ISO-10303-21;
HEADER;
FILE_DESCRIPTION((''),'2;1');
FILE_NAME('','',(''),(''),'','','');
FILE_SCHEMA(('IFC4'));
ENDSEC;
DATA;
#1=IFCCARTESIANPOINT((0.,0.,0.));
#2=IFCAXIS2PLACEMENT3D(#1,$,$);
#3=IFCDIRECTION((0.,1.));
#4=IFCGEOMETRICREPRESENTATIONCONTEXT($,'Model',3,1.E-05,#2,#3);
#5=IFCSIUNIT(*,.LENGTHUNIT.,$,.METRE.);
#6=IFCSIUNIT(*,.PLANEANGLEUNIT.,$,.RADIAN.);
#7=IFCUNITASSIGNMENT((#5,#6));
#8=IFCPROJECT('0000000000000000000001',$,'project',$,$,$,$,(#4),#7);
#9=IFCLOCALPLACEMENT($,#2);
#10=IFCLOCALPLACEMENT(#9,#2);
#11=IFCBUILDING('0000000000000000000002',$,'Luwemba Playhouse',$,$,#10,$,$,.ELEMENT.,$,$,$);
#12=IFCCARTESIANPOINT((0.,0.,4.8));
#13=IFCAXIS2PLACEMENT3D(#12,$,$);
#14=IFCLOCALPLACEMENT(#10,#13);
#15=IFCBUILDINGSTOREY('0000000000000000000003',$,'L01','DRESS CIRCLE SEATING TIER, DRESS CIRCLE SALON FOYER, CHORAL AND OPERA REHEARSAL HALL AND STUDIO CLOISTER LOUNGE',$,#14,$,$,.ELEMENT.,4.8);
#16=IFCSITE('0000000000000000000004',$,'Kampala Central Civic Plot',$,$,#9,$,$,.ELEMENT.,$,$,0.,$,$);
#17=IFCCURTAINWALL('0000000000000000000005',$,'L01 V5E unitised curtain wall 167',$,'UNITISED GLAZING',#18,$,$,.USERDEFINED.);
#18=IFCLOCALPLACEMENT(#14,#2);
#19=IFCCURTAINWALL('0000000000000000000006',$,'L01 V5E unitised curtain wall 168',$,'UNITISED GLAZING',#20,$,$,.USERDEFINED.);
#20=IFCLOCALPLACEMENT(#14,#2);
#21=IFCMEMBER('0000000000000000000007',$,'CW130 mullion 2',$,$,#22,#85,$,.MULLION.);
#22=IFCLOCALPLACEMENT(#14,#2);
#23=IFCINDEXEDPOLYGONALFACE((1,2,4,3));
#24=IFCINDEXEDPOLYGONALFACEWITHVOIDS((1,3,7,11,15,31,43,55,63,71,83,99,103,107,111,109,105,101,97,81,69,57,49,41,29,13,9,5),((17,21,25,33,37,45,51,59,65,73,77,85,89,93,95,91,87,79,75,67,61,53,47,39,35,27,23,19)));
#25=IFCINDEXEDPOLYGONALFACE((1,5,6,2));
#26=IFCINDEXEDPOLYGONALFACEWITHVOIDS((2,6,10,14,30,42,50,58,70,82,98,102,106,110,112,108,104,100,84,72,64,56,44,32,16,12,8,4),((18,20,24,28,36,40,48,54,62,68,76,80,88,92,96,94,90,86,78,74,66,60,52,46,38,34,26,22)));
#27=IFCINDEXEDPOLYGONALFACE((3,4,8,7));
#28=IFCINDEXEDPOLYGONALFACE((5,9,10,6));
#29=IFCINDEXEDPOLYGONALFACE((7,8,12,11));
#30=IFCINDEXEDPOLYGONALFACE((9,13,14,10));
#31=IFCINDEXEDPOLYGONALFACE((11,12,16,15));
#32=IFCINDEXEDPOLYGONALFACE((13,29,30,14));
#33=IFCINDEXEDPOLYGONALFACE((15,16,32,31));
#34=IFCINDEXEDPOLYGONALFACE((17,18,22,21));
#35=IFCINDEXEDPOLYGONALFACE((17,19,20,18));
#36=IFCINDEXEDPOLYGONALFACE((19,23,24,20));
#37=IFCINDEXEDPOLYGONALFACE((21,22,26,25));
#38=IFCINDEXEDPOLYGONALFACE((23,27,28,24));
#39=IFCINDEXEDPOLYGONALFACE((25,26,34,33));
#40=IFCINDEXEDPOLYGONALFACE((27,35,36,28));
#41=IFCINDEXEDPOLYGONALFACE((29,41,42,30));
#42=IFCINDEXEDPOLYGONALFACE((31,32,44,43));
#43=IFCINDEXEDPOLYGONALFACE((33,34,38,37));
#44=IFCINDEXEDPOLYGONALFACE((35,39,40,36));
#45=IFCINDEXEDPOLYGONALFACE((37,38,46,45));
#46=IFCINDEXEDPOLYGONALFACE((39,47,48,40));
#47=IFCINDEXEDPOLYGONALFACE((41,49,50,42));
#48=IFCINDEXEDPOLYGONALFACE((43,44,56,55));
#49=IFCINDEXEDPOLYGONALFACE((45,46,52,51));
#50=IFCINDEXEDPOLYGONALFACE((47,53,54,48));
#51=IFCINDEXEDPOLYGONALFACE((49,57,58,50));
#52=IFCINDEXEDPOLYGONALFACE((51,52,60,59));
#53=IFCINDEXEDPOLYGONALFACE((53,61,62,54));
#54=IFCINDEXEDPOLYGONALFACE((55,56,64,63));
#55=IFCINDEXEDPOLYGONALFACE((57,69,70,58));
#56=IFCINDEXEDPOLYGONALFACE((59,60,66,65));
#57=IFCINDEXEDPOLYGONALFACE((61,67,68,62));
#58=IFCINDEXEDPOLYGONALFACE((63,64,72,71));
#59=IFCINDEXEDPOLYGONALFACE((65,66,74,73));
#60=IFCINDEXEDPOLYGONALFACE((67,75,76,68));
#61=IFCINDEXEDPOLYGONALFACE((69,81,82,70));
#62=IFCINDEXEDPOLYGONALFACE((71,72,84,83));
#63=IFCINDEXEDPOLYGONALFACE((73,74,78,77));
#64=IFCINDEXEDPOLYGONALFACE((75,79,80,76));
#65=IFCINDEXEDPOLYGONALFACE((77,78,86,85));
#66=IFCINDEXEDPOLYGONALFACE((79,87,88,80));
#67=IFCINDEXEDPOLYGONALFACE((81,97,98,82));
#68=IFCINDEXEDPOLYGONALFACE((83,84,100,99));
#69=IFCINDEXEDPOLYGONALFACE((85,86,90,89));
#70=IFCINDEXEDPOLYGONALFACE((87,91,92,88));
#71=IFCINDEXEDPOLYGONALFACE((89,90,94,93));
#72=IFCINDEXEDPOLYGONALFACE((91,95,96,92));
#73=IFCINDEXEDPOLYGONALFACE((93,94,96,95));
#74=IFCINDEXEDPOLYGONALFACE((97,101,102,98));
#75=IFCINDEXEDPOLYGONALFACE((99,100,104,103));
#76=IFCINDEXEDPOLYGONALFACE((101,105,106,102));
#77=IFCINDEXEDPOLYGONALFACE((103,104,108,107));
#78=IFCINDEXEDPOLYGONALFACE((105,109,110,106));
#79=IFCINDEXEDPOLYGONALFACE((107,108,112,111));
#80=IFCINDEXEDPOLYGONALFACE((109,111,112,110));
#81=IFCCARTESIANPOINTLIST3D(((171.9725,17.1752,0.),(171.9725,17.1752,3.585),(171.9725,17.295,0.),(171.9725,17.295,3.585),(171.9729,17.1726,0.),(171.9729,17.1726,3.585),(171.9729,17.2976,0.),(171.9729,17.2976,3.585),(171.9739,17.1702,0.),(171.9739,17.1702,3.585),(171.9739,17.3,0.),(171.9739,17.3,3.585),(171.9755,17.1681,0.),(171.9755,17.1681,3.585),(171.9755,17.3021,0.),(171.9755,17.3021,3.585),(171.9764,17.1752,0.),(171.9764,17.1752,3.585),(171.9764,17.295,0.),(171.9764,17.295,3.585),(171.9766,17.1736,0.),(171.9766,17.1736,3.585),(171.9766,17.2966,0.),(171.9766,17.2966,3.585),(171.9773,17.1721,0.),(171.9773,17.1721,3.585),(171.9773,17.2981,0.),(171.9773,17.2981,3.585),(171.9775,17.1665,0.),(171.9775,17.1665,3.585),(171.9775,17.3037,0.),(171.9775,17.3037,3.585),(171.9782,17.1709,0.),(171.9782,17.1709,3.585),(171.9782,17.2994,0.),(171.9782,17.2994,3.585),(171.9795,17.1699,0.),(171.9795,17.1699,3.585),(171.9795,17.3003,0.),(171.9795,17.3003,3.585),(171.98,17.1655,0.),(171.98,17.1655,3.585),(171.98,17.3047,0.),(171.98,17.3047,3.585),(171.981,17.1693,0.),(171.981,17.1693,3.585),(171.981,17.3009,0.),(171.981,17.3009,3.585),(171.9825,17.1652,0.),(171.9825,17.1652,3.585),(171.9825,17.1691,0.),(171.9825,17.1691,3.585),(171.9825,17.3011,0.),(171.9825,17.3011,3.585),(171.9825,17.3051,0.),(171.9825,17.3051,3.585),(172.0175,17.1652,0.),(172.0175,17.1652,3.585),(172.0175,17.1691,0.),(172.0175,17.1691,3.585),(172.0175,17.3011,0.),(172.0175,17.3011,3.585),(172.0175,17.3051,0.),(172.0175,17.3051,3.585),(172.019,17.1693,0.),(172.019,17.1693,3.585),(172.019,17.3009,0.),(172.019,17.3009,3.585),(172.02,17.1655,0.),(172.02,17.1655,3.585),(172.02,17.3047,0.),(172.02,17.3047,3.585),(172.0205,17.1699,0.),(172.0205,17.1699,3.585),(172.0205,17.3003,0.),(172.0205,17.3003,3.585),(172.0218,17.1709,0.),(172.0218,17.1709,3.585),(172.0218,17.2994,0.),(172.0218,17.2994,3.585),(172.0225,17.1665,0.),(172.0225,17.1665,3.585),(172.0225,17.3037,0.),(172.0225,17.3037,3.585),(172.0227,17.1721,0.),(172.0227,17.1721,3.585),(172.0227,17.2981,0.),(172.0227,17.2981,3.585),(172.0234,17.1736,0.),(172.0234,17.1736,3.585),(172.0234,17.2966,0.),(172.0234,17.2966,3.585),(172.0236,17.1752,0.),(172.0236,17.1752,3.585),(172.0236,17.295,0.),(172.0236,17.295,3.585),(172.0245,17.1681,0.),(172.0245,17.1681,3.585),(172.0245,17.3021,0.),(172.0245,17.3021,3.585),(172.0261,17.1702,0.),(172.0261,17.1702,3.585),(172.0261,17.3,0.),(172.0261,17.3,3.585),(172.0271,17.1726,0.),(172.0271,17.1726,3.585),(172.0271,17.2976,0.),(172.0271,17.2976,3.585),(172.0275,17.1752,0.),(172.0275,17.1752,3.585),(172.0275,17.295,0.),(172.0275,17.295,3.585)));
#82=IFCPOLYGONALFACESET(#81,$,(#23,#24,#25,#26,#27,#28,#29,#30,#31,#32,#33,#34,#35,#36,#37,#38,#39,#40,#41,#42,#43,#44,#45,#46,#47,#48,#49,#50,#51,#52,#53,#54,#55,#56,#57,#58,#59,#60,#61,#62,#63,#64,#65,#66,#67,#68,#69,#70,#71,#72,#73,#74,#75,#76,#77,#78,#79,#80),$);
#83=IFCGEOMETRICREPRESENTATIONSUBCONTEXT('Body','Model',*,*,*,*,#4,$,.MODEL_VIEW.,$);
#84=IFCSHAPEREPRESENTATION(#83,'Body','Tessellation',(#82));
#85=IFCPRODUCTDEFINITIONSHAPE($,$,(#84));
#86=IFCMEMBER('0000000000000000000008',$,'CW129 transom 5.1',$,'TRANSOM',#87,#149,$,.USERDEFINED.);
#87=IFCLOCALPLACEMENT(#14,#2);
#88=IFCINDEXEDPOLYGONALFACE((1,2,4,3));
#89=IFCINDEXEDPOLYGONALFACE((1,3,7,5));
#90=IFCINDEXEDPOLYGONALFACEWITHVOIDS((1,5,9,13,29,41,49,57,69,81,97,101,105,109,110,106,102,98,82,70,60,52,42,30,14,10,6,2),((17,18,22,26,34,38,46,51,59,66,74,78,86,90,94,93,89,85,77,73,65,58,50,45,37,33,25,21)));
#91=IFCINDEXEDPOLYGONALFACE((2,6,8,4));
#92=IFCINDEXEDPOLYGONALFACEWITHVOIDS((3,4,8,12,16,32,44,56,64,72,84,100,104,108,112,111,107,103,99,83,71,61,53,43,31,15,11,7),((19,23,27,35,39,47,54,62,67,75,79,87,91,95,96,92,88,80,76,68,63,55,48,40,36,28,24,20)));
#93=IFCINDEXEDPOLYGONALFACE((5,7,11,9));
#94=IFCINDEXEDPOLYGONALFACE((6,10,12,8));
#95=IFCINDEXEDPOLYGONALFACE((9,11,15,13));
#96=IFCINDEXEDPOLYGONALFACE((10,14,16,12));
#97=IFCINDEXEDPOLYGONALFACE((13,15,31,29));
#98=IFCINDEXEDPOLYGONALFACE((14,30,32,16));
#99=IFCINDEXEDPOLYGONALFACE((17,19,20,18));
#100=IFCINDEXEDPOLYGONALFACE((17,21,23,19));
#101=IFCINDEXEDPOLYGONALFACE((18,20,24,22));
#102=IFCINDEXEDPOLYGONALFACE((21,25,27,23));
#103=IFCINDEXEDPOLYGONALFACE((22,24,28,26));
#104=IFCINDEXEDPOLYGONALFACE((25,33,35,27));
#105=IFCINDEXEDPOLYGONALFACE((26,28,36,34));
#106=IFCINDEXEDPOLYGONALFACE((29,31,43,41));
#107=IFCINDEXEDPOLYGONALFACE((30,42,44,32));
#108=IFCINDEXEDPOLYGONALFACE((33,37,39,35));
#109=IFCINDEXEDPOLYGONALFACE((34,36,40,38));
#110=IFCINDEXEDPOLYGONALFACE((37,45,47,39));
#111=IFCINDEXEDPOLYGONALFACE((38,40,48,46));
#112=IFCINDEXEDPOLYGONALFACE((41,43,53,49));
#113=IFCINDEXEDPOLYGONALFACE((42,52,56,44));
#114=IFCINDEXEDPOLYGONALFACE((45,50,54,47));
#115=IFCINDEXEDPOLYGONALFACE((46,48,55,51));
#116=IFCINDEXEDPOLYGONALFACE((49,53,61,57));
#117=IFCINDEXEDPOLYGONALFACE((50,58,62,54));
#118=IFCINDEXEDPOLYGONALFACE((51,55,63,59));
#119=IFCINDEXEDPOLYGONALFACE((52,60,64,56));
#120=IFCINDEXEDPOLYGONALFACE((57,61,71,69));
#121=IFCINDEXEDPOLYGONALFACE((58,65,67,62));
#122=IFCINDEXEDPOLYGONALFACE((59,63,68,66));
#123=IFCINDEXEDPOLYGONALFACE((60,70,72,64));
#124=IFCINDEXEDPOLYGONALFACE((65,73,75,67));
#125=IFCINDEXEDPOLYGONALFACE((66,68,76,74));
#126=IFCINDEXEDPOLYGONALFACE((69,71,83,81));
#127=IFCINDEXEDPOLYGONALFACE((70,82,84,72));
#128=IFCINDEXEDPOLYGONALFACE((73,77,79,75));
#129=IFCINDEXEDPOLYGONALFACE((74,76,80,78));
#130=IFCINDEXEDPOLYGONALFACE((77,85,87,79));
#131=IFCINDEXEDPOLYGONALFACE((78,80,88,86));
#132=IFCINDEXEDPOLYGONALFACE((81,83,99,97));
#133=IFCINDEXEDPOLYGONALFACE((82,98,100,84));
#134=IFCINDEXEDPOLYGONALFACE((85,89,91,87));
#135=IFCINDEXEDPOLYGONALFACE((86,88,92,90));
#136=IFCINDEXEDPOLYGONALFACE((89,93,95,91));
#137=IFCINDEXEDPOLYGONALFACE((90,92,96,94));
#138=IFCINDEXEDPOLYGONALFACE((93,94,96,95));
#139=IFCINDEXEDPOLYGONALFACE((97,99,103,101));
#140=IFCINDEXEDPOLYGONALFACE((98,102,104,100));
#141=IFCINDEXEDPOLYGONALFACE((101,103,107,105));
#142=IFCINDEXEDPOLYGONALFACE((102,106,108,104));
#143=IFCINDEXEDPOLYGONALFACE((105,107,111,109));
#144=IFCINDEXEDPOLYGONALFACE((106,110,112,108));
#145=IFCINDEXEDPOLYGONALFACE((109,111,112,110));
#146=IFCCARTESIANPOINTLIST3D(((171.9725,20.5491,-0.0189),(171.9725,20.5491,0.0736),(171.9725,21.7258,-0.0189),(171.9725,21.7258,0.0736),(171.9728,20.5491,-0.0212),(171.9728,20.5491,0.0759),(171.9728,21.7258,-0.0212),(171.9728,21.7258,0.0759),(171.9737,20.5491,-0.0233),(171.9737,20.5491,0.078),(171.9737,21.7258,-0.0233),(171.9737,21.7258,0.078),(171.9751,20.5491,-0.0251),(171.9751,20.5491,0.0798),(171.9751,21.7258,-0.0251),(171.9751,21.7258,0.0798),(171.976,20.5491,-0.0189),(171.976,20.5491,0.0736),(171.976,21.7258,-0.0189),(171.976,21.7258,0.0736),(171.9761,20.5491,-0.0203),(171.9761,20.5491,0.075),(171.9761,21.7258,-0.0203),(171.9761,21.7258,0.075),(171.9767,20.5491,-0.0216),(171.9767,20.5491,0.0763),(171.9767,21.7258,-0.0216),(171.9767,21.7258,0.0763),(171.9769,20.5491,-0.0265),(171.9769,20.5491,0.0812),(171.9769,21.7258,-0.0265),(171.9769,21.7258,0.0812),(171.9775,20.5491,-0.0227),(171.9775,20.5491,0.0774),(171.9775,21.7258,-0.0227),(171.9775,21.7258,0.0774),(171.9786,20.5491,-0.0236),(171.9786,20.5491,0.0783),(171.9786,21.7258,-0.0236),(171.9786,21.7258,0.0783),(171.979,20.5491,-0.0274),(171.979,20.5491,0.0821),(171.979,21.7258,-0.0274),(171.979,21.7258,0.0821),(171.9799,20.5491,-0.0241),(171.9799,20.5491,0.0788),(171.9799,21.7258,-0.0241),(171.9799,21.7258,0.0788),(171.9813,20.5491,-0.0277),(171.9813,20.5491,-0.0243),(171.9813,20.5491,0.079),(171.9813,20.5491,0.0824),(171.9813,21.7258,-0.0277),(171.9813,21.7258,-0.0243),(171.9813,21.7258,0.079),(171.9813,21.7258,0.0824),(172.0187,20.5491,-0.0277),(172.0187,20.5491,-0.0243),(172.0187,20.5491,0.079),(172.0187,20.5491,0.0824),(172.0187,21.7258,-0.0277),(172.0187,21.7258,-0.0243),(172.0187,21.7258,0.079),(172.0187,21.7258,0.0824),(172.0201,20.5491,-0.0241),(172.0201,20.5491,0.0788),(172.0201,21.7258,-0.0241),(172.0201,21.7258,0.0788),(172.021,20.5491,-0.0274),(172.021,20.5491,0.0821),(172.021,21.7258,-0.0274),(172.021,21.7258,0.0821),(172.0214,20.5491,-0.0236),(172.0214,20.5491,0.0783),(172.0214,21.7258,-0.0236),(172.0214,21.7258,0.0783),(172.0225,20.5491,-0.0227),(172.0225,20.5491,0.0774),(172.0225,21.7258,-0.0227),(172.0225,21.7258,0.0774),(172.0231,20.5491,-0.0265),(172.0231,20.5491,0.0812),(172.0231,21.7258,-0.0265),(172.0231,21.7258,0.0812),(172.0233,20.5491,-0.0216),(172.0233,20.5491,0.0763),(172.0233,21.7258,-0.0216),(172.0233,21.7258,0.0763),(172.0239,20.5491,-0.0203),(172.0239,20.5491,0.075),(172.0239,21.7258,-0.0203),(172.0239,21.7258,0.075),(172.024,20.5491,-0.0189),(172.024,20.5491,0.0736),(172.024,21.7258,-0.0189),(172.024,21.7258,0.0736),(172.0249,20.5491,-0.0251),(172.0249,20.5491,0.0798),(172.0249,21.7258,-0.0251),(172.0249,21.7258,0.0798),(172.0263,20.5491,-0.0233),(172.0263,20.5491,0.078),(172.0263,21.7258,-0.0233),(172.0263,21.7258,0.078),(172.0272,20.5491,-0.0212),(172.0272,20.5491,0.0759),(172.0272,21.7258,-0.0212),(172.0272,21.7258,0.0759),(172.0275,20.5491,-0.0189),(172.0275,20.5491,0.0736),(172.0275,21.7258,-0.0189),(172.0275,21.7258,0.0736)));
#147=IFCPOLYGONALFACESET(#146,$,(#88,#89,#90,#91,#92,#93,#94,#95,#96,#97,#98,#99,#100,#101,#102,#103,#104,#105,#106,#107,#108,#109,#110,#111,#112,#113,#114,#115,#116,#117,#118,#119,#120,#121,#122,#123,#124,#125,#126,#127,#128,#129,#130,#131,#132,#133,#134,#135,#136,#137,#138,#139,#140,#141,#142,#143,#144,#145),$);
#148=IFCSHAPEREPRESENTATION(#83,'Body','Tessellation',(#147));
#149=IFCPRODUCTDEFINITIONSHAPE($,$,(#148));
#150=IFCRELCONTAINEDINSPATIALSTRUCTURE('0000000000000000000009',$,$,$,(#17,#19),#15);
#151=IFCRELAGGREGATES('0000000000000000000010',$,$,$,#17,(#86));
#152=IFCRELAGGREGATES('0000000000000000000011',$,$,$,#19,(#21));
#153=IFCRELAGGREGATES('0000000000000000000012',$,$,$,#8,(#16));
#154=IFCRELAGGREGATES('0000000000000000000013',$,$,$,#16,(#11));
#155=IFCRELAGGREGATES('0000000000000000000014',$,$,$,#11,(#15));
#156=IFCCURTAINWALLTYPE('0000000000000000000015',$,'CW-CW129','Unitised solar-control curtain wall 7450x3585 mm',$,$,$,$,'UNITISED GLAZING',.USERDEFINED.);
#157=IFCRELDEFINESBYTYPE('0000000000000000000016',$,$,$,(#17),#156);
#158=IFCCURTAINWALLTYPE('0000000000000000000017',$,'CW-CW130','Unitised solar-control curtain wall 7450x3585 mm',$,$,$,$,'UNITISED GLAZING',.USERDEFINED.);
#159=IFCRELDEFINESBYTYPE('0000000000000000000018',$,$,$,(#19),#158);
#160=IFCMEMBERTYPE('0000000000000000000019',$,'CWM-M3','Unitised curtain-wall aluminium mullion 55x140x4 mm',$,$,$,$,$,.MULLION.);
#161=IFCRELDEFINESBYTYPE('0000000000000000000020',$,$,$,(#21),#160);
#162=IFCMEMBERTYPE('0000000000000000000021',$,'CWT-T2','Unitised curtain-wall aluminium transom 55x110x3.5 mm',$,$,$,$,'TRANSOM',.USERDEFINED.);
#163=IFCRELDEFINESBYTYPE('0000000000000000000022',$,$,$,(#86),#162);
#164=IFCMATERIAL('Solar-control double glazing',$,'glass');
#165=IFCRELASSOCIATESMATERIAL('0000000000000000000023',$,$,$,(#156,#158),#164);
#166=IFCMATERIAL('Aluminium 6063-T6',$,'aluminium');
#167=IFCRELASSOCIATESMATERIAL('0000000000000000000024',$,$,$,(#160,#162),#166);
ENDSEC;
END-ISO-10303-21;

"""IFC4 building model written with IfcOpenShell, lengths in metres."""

from ifc_helpers import new_model, si_unit, direction, frame, origin, origin_2d, place, context, subcontext, project, spatial, hollow_rectangle, extrude, material, material_profile, profile_set, type_object, element, aggregate, save


model = new_model("IFC4")

# Units and contexts
model_context = context("Model", 3, precision=1e-05, world=origin(), true_north=direction((0.0, 1.0)))
body_context = subcontext(model_context, "Body", "Model", "MODEL_VIEW")
ifc_project = project(units=[si_unit("LENGTHUNIT", "METRE"), si_unit("PLANEANGLEUNIT", "RADIAN")], contexts=[model_context])

# Site, building, storey
site_placement = place(None, origin())
site = spatial("IfcSite", under=ifc_project, at=site_placement, Name="Kampala Central Civic Plot", CompositionType="ELEMENT", RefElevation=0.0)
building_placement = place(site_placement, origin())
building = spatial("IfcBuilding", under=site, at=building_placement, Name="Luwemba Playhouse", CompositionType="ELEMENT")
storey_placement = place(building_placement, frame((0.0, 0.0, 4.8)))
storey = spatial("IfcBuildingStorey", under=building, at=storey_placement, Name="L01", Description="DRESS CIRCLE SEATING TIER, DRESS CIRCLE SALON FOYER, CHORAL AND OPERA REHEARSAL HALL AND STUDIO CLOISTER LOUNGE", CompositionType="ELEMENT", Elevation=4.8)

# Curtain walls, member
ifc_material_1 = material(Name="Solar-control double glazing", Category="glass")
curtain_wall_type_1 = type_object("IfcCurtainWallType", Name="CW-CW129", Description="Unitised solar-control curtain wall 7450x3585 mm", ElementType="UNITISED GLAZING", PredefinedType="USERDEFINED", material=ifc_material_1)
curtain_wall_1_placement = place(storey_placement, origin())
curtain_wall_1 = element("IfcCurtainWall", 1, at=curtain_wall_1_placement, inside=storey, type_object=curtain_wall_type_1, Name="L01 V5E unitised curtain wall 167", ObjectType="UNITISED GLAZING", PredefinedType="USERDEFINED")
ifc_material_2 = material(Name="Aluminium 6063-T6", Category="aluminium")
curtain_wall_type_2 = type_object("IfcCurtainWallType", Name="CW-CW130", Description="Unitised solar-control curtain wall 7450x3585 mm", ElementType="UNITISED GLAZING", PredefinedType="USERDEFINED", material=ifc_material_1)
curtain_wall_2_placement = place(storey_placement, origin())
curtain_wall_2 = element("IfcCurtainWall", 2, at=curtain_wall_2_placement, inside=storey, type_object=curtain_wall_type_2, Name="L01 V5E unitised curtain wall 168", ObjectType="UNITISED GLAZING", PredefinedType="USERDEFINED")
ifc_material_profile_1 = material_profile(ifc_material_2, hollow_rectangle(XDim=0.0549, YDim=0.1399, WallThickness=0.0039, InnerFilletRadius=0.0061, OuterFilletRadius=0.01, at=origin_2d()))
ifc_profile_set_1 = profile_set([ifc_material_profile_1], Name="Aluminium 6063-T6")
member_type_1 = type_object("IfcMemberType", Name="CWM-M3", Description="Unitised curtain-wall aluminium mullion 55x140x4 mm", PredefinedType="MULLION", material=ifc_profile_set_1)
member_1_placement = place(storey_placement, frame((172.0, 17.2351, 0.0), z_axis=(0.0, 0.0, 1.0), x_axis=(1.0, 0.0, 0.0)))
member_1 = element("IfcMember", 3, at=member_1_placement, type_object=member_type_1, Name="CW130 mullion 2", PredefinedType="MULLION", context=body_context, shape_type="SweptSolid", body=[
    extrude(hollow_rectangle(XDim=0.0549, YDim=0.1399, WallThickness=0.0039, InnerFilletRadius=0.0061, OuterFilletRadius=0.01, at=origin_2d()), origin(), (0.0, 0.0, 1.0), 3.585),
])

# Member
ifc_material_profile_2 = material_profile(ifc_material_2, hollow_rectangle(XDim=0.0549, YDim=0.1101, WallThickness=0.0034, InnerFilletRadius=0.0054, OuterFilletRadius=0.0088, at=origin_2d()))
ifc_profile_set_2 = profile_set([ifc_material_profile_2], Name="Aluminium 6063-T6")
member_type_2 = type_object("IfcMemberType", Name="CWT-T2", Description="Unitised curtain-wall aluminium transom 55x110x3.5 mm", ElementType="TRANSOM", PredefinedType="USERDEFINED", material=ifc_profile_set_2)
member_2_placement = place(storey_placement, frame((172.0, 21.7258, 0.0273), z_axis=(0.0, -1.0, 0.0), x_axis=(1.0, 0.0, 0.0)))
member_2 = element("IfcMember", 4, at=member_2_placement, type_object=member_type_2, Name="CW129 transom 5.1", ObjectType="TRANSOM", PredefinedType="USERDEFINED", context=body_context, shape_type="SweptSolid", body=[
    extrude(hollow_rectangle(XDim=0.0549, YDim=0.1101, WallThickness=0.0034, InnerFilletRadius=0.0054, OuterFilletRadius=0.0088, at=origin_2d()), origin(), (0.0, 0.0, 1.0), 1.1768),
])

aggregate(curtain_wall_1, [member_2])
aggregate(curtain_wall_2, [member_1])

save(model, "model.ifc")
